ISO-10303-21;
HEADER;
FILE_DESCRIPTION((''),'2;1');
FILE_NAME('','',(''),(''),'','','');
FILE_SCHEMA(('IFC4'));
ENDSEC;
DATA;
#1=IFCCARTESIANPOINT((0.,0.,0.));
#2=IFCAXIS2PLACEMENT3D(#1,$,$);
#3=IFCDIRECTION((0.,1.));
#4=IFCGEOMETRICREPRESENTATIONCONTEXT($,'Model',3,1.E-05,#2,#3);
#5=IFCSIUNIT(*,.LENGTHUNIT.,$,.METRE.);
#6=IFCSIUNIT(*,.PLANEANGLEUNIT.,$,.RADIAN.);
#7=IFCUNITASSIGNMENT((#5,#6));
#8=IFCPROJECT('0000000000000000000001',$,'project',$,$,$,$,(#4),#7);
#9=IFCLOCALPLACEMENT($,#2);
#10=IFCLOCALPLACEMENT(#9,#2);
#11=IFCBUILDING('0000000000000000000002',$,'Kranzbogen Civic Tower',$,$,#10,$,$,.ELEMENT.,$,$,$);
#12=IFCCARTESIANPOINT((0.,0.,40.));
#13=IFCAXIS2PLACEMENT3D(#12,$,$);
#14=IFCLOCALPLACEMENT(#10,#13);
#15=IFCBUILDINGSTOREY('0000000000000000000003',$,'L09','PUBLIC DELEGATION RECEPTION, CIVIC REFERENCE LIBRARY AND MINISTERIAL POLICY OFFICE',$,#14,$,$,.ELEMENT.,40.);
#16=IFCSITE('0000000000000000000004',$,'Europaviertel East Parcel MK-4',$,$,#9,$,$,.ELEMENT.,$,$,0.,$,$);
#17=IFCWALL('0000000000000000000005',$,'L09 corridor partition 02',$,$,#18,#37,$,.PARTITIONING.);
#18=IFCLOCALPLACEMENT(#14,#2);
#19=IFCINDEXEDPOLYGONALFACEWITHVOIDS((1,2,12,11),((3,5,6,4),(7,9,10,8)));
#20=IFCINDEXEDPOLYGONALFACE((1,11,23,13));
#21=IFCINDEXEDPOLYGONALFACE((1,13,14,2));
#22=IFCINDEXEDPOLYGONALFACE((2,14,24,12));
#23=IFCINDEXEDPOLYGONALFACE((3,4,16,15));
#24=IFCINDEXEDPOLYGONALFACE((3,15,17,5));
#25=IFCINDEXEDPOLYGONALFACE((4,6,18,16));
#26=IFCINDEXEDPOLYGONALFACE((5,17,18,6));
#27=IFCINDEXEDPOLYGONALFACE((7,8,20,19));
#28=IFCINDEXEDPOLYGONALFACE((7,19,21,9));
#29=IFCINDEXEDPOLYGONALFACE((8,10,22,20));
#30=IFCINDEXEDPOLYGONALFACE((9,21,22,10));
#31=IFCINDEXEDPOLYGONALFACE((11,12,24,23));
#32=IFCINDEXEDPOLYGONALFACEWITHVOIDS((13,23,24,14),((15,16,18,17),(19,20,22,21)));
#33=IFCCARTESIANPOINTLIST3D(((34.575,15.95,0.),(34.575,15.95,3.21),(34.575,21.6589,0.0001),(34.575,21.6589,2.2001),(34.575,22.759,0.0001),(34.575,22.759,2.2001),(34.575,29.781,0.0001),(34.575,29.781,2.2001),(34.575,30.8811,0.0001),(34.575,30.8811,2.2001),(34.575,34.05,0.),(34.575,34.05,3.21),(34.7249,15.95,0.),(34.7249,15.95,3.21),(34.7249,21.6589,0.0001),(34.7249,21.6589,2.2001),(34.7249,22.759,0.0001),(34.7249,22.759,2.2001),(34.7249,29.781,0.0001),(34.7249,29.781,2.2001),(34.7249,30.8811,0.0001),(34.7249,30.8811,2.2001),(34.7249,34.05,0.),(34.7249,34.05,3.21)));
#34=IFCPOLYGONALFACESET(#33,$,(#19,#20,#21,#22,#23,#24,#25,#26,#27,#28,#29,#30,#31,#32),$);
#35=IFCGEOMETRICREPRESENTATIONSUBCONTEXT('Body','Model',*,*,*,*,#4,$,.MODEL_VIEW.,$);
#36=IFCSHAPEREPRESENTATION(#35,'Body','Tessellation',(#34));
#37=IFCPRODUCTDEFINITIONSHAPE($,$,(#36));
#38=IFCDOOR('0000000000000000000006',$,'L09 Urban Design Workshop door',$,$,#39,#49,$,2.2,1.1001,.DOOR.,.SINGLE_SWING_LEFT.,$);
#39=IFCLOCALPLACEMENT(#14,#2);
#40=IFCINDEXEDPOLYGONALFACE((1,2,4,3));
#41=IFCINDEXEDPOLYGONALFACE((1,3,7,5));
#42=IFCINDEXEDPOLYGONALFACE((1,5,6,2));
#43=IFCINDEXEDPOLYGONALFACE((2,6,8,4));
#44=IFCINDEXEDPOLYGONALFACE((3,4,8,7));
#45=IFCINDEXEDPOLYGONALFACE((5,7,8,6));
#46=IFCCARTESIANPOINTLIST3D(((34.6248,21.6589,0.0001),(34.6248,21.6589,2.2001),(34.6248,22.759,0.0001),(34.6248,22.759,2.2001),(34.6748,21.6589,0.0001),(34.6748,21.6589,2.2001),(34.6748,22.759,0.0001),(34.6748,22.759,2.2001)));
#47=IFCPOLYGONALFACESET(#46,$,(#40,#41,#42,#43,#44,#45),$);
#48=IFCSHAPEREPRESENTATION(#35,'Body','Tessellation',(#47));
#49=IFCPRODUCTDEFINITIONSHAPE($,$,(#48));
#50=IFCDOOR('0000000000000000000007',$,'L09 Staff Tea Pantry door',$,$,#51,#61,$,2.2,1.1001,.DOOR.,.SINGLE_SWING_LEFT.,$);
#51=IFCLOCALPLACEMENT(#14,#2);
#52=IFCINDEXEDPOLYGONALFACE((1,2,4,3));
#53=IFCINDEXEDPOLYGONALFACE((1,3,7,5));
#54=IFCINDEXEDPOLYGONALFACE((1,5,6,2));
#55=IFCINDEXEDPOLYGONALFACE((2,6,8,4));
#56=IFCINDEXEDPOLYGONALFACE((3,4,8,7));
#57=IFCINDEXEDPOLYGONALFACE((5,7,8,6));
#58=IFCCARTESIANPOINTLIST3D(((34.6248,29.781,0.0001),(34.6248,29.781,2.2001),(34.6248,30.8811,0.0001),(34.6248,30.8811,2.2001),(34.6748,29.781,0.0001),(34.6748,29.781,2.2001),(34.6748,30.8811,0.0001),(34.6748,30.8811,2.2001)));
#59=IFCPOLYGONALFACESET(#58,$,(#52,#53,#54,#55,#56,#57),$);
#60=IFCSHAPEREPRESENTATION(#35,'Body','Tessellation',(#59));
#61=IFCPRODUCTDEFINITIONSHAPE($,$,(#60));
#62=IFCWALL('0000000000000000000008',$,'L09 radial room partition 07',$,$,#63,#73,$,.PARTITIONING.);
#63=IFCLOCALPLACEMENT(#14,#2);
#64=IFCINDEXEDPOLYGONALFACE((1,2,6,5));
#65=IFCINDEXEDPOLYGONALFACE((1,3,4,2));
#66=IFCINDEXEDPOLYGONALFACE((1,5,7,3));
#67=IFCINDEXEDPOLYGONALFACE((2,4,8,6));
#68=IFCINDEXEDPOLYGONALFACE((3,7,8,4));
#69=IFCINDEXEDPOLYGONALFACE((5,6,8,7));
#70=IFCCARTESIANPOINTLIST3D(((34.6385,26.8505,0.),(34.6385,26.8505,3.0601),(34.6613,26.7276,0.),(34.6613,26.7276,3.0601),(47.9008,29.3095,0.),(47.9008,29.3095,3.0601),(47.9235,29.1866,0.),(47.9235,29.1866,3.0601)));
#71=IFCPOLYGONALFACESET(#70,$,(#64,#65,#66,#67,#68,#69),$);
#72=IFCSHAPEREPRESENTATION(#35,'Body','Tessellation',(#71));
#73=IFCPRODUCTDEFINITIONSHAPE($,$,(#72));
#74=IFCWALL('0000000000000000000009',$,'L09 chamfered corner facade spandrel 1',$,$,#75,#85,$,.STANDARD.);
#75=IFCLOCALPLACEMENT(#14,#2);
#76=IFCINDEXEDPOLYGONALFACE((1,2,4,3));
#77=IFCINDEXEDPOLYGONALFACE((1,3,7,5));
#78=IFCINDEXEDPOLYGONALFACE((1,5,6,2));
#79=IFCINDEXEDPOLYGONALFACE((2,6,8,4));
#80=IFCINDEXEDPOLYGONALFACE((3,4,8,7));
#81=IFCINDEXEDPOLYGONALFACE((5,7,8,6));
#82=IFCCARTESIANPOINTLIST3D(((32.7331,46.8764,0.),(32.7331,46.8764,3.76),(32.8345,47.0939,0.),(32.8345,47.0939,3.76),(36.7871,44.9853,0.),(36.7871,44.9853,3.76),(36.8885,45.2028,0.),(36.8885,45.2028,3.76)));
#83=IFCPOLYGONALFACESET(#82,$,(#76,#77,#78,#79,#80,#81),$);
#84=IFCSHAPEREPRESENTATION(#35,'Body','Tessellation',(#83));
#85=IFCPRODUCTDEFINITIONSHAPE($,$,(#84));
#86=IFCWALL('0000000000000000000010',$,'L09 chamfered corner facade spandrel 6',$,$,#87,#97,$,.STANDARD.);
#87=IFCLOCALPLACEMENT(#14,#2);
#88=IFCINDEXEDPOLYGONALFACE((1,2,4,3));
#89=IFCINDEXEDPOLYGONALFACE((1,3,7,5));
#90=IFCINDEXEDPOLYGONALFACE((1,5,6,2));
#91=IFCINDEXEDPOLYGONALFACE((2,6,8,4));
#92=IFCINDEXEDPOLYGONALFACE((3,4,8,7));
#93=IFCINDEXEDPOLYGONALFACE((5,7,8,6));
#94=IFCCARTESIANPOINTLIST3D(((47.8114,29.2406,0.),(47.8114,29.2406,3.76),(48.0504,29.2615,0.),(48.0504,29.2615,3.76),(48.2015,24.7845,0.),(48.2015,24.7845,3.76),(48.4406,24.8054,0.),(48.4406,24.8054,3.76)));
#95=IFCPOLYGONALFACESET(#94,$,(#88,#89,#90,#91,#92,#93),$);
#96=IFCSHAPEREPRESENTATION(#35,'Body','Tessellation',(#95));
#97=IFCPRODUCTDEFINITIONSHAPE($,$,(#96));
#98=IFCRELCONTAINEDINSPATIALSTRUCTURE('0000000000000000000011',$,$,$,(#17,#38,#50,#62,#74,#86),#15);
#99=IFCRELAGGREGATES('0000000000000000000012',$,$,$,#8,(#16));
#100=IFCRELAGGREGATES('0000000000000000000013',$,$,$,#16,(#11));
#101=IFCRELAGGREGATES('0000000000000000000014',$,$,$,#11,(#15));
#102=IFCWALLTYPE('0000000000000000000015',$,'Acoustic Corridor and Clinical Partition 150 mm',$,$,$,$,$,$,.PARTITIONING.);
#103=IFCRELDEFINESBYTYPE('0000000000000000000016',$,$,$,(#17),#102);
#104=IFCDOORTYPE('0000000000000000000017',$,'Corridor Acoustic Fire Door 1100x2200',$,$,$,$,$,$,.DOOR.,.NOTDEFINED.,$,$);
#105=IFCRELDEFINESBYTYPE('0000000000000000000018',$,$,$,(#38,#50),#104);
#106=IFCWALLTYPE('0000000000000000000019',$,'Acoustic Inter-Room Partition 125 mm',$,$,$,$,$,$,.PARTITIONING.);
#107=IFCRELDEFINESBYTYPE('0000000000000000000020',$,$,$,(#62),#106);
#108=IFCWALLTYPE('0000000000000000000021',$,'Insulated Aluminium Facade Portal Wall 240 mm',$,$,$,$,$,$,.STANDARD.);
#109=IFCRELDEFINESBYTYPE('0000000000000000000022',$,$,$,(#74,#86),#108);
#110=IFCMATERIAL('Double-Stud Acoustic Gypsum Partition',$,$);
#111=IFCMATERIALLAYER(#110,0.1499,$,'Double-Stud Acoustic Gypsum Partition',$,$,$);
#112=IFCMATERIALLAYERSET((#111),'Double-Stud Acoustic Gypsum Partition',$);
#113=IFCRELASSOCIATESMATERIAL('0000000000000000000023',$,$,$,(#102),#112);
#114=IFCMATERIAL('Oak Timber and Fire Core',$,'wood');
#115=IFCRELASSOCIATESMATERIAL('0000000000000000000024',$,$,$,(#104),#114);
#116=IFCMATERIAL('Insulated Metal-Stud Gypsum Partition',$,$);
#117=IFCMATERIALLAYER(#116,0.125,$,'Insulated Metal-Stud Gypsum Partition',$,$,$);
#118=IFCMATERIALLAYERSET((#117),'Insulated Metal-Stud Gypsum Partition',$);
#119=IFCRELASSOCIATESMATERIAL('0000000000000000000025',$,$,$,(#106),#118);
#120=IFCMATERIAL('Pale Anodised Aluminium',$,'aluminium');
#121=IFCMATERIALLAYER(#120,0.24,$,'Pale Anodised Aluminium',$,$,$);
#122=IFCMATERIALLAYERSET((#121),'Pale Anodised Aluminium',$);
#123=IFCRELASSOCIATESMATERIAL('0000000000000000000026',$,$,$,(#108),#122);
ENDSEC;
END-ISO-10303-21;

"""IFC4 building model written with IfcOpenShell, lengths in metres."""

from ifc_helpers import new_model, si_unit, direction, frame, frame_2d, origin, place, context, subcontext, project, spatial, rectangle, extrude, material, layer, layer_set, type_object, element, fill, save


model = new_model("IFC4")

# Units and contexts
model_context = context("Model", 3, precision=1e-05, world=origin(), true_north=direction((0.0, 1.0)))
body_context = subcontext(model_context, "Body", "Model", "MODEL_VIEW")
ifc_project = project(units=[si_unit("LENGTHUNIT", "METRE"), si_unit("PLANEANGLEUNIT", "RADIAN")], contexts=[model_context])

# Site, building, storey
site_placement = place(None, origin())
site = spatial("IfcSite", under=ifc_project, at=site_placement, Name="Europaviertel East Parcel MK-4", CompositionType="ELEMENT", RefElevation=0.0)
building_placement = place(site_placement, origin())
building = spatial("IfcBuilding", under=site, at=building_placement, Name="Kranzbogen Civic Tower", CompositionType="ELEMENT")
storey_placement = place(building_placement, frame((0.0, 0.0, 40.0)))
storey = spatial("IfcBuildingStorey", under=building, at=storey_placement, Name="L09", Description="PUBLIC DELEGATION RECEPTION, CIVIC REFERENCE LIBRARY AND MINISTERIAL POLICY OFFICE", CompositionType="ELEMENT", Elevation=40.0)

# Shared definitions
ifc_material_1 = material(Name="Pale Anodised Aluminium", Category="aluminium")

# Wall, openings, doors
ifc_material_2 = material(Name="Double-Stud Acoustic Gypsum Partition")
ifc_layer_1 = layer(ifc_material_2, 0.1499, Name="Double-Stud Acoustic Gypsum Partition")
ifc_layer_set_1 = layer_set([ifc_layer_1], Name="Double-Stud Acoustic Gypsum Partition")
wall_type_1 = type_object("IfcWallType", Name="Acoustic Corridor and Clinical Partition 150 mm", PredefinedType="PARTITIONING", material=ifc_layer_set_1)
wall_1_placement = place(storey_placement, frame((34.6499, 34.05, 0.0), z_axis=(0.0, 0.0, 1.0), x_axis=(0.0, -1.0, 0.0)))
wall_1 = element("IfcWall", 1, at=wall_1_placement, inside=storey, type_object=wall_type_1, Name="L09 corridor partition 02", PredefinedType="PARTITIONING", context=body_context, shape_type="SweptSolid", body=[
    extrude(rectangle(XDim=18.1001, YDim=0.1499, at=frame_2d((9.05, 0.0))), origin(), (0.0, 0.0, 1.0), 3.21),
])
opening_1_placement = place(wall_1_placement, frame((11.291, 0.0, 0.0)))
opening_1 = element("IfcOpeningElement", 2, at=opening_1_placement, cuts=wall_1, PredefinedType="OPENING", context=body_context, shape_type="SweptSolid", body=[
    extrude(rectangle(XDim=1.1001, YDim=2.2, at=frame_2d((0.55, 1.1001))), frame((0.0, 0.085, 0.0), z_axis=(0.0, -1.0, 0.0), x_axis=(1.0, 0.0, 0.0)), (0.0, 0.0, 1.0), 0.1699),
])
opening_2_placement = place(wall_1_placement, frame((3.1689, 0.0, 0.0)))
opening_2 = element("IfcOpeningElement", 3, at=opening_2_placement, cuts=wall_1, PredefinedType="OPENING", context=body_context, shape_type="SweptSolid", body=[
    extrude(rectangle(XDim=1.1001, YDim=2.2, at=frame_2d((0.55, 1.1001))), frame((0.0, 0.085, 0.0), z_axis=(0.0, -1.0, 0.0), x_axis=(1.0, 0.0, 0.0)), (0.0, 0.0, 1.0), 0.1699),
])
ifc_material_3 = material(Name="Oak Timber and Fire Core", Category="wood")
door_type = type_object("IfcDoorType", Name="Corridor Acoustic Fire Door 1100x2200", OperationType="NOTDEFINED", PredefinedType="DOOR", material=ifc_material_3)
door_1_placement = place(opening_1_placement, origin())
door_1 = element("IfcDoor", 4, at=door_1_placement, inside=storey, type_object=door_type, Name="L09 Urban Design Workshop door", OperationType="SINGLE_SWING_LEFT", OverallHeight=2.2, OverallWidth=1.1001, PredefinedType="DOOR", context=body_context, shape_type="SweptSolid", body=[
    extrude(rectangle(XDim=1.1001, YDim=2.2, at=frame_2d((0.55, 1.1001))), frame((0.0, 0.0249, 0.0), z_axis=(0.0, -1.0, 0.0), x_axis=(1.0, 0.0, 0.0)), (0.0, 0.0, 1.0), 0.05),
])
fill(opening_1, door_1)
door_2_placement = place(opening_2_placement, origin())
door_2 = element("IfcDoor", 5, at=door_2_placement, inside=storey, type_object=door_type, Name="L09 Staff Tea Pantry door", OperationType="SINGLE_SWING_LEFT", OverallHeight=2.2, OverallWidth=1.1001, PredefinedType="DOOR", context=body_context, shape_type="SweptSolid", body=[
    extrude(rectangle(XDim=1.1001, YDim=2.2, at=frame_2d((0.55, 1.1001))), frame((0.0, 0.0249, 0.0), z_axis=(0.0, -1.0, 0.0), x_axis=(1.0, 0.0, 0.0)), (0.0, 0.0, 1.0), 0.05),
])
fill(opening_2, door_2)

# Walls
ifc_material_4 = material(Name="Insulated Metal-Stud Gypsum Partition")
ifc_layer_2 = layer(ifc_material_4, 0.125, Name="Insulated Metal-Stud Gypsum Partition")
ifc_layer_set_2 = layer_set([ifc_layer_2], Name="Insulated Metal-Stud Gypsum Partition")
wall_type_2 = type_object("IfcWallType", Name="Acoustic Inter-Room Partition 125 mm", PredefinedType="PARTITIONING", material=ifc_layer_set_2)
wall_2_placement = place(storey_placement, frame((34.6499, 26.7891, 0.0), z_axis=(0.0, 0.0, 1.0), x_axis=(0.983242, 0.182306, 0.0)))
element("IfcWall", 6, at=wall_2_placement, inside=storey, type_object=wall_type_2, Name="L09 radial room partition 07", PredefinedType="PARTITIONING", context=body_context, shape_type="SweptSolid", body=[
    extrude(rectangle(XDim=13.4883, YDim=0.125, at=frame_2d((6.7441, 0.0))), origin(), (0.0, 0.0, 1.0), 3.0601),
])
ifc_layer_3 = layer(ifc_material_1, 0.24, Name="Pale Anodised Aluminium")
ifc_layer_set_3 = layer_set([ifc_layer_3], Name="Pale Anodised Aluminium")
wall_type_3 = type_object("IfcWallType", Name="Insulated Aluminium Facade Portal Wall 240 mm", PredefinedType="STANDARD", material=ifc_layer_set_3)
wall_3_placement = place(storey_placement, frame((36.8379, 45.094, 0.0), z_axis=(0.0, 0.0, 1.0), x_axis=(-0.906246, 0.422751, 0.0)))
element("IfcWall", 7, at=wall_3_placement, inside=storey, type_object=wall_type_3, Name="L09 chamfered corner facade spandrel 1", PredefinedType="STANDARD", context=body_context, shape_type="SweptSolid", body=[
    extrude(rectangle(XDim=4.4734, YDim=0.24, at=frame_2d((2.2368, 0.0))), origin(), (0.0, 0.0, 1.0), 3.76),
])
wall_4_placement = place(storey_placement, frame((48.321, 24.7949, 0.0), z_axis=(0.0, 0.0, 1.0), x_axis=(-0.087218, 0.996189, 0.0)))
element("IfcWall", 8, at=wall_4_placement, inside=storey, type_object=wall_type_3, Name="L09 chamfered corner facade spandrel 6", PredefinedType="STANDARD", context=body_context, shape_type="SweptSolid", body=[
    extrude(rectangle(XDim=4.4731, YDim=0.24, at=frame_2d((2.2366, 0.0))), origin(), (0.0, 0.0, 1.0), 3.76),
])

save(model, "model.ifc")
